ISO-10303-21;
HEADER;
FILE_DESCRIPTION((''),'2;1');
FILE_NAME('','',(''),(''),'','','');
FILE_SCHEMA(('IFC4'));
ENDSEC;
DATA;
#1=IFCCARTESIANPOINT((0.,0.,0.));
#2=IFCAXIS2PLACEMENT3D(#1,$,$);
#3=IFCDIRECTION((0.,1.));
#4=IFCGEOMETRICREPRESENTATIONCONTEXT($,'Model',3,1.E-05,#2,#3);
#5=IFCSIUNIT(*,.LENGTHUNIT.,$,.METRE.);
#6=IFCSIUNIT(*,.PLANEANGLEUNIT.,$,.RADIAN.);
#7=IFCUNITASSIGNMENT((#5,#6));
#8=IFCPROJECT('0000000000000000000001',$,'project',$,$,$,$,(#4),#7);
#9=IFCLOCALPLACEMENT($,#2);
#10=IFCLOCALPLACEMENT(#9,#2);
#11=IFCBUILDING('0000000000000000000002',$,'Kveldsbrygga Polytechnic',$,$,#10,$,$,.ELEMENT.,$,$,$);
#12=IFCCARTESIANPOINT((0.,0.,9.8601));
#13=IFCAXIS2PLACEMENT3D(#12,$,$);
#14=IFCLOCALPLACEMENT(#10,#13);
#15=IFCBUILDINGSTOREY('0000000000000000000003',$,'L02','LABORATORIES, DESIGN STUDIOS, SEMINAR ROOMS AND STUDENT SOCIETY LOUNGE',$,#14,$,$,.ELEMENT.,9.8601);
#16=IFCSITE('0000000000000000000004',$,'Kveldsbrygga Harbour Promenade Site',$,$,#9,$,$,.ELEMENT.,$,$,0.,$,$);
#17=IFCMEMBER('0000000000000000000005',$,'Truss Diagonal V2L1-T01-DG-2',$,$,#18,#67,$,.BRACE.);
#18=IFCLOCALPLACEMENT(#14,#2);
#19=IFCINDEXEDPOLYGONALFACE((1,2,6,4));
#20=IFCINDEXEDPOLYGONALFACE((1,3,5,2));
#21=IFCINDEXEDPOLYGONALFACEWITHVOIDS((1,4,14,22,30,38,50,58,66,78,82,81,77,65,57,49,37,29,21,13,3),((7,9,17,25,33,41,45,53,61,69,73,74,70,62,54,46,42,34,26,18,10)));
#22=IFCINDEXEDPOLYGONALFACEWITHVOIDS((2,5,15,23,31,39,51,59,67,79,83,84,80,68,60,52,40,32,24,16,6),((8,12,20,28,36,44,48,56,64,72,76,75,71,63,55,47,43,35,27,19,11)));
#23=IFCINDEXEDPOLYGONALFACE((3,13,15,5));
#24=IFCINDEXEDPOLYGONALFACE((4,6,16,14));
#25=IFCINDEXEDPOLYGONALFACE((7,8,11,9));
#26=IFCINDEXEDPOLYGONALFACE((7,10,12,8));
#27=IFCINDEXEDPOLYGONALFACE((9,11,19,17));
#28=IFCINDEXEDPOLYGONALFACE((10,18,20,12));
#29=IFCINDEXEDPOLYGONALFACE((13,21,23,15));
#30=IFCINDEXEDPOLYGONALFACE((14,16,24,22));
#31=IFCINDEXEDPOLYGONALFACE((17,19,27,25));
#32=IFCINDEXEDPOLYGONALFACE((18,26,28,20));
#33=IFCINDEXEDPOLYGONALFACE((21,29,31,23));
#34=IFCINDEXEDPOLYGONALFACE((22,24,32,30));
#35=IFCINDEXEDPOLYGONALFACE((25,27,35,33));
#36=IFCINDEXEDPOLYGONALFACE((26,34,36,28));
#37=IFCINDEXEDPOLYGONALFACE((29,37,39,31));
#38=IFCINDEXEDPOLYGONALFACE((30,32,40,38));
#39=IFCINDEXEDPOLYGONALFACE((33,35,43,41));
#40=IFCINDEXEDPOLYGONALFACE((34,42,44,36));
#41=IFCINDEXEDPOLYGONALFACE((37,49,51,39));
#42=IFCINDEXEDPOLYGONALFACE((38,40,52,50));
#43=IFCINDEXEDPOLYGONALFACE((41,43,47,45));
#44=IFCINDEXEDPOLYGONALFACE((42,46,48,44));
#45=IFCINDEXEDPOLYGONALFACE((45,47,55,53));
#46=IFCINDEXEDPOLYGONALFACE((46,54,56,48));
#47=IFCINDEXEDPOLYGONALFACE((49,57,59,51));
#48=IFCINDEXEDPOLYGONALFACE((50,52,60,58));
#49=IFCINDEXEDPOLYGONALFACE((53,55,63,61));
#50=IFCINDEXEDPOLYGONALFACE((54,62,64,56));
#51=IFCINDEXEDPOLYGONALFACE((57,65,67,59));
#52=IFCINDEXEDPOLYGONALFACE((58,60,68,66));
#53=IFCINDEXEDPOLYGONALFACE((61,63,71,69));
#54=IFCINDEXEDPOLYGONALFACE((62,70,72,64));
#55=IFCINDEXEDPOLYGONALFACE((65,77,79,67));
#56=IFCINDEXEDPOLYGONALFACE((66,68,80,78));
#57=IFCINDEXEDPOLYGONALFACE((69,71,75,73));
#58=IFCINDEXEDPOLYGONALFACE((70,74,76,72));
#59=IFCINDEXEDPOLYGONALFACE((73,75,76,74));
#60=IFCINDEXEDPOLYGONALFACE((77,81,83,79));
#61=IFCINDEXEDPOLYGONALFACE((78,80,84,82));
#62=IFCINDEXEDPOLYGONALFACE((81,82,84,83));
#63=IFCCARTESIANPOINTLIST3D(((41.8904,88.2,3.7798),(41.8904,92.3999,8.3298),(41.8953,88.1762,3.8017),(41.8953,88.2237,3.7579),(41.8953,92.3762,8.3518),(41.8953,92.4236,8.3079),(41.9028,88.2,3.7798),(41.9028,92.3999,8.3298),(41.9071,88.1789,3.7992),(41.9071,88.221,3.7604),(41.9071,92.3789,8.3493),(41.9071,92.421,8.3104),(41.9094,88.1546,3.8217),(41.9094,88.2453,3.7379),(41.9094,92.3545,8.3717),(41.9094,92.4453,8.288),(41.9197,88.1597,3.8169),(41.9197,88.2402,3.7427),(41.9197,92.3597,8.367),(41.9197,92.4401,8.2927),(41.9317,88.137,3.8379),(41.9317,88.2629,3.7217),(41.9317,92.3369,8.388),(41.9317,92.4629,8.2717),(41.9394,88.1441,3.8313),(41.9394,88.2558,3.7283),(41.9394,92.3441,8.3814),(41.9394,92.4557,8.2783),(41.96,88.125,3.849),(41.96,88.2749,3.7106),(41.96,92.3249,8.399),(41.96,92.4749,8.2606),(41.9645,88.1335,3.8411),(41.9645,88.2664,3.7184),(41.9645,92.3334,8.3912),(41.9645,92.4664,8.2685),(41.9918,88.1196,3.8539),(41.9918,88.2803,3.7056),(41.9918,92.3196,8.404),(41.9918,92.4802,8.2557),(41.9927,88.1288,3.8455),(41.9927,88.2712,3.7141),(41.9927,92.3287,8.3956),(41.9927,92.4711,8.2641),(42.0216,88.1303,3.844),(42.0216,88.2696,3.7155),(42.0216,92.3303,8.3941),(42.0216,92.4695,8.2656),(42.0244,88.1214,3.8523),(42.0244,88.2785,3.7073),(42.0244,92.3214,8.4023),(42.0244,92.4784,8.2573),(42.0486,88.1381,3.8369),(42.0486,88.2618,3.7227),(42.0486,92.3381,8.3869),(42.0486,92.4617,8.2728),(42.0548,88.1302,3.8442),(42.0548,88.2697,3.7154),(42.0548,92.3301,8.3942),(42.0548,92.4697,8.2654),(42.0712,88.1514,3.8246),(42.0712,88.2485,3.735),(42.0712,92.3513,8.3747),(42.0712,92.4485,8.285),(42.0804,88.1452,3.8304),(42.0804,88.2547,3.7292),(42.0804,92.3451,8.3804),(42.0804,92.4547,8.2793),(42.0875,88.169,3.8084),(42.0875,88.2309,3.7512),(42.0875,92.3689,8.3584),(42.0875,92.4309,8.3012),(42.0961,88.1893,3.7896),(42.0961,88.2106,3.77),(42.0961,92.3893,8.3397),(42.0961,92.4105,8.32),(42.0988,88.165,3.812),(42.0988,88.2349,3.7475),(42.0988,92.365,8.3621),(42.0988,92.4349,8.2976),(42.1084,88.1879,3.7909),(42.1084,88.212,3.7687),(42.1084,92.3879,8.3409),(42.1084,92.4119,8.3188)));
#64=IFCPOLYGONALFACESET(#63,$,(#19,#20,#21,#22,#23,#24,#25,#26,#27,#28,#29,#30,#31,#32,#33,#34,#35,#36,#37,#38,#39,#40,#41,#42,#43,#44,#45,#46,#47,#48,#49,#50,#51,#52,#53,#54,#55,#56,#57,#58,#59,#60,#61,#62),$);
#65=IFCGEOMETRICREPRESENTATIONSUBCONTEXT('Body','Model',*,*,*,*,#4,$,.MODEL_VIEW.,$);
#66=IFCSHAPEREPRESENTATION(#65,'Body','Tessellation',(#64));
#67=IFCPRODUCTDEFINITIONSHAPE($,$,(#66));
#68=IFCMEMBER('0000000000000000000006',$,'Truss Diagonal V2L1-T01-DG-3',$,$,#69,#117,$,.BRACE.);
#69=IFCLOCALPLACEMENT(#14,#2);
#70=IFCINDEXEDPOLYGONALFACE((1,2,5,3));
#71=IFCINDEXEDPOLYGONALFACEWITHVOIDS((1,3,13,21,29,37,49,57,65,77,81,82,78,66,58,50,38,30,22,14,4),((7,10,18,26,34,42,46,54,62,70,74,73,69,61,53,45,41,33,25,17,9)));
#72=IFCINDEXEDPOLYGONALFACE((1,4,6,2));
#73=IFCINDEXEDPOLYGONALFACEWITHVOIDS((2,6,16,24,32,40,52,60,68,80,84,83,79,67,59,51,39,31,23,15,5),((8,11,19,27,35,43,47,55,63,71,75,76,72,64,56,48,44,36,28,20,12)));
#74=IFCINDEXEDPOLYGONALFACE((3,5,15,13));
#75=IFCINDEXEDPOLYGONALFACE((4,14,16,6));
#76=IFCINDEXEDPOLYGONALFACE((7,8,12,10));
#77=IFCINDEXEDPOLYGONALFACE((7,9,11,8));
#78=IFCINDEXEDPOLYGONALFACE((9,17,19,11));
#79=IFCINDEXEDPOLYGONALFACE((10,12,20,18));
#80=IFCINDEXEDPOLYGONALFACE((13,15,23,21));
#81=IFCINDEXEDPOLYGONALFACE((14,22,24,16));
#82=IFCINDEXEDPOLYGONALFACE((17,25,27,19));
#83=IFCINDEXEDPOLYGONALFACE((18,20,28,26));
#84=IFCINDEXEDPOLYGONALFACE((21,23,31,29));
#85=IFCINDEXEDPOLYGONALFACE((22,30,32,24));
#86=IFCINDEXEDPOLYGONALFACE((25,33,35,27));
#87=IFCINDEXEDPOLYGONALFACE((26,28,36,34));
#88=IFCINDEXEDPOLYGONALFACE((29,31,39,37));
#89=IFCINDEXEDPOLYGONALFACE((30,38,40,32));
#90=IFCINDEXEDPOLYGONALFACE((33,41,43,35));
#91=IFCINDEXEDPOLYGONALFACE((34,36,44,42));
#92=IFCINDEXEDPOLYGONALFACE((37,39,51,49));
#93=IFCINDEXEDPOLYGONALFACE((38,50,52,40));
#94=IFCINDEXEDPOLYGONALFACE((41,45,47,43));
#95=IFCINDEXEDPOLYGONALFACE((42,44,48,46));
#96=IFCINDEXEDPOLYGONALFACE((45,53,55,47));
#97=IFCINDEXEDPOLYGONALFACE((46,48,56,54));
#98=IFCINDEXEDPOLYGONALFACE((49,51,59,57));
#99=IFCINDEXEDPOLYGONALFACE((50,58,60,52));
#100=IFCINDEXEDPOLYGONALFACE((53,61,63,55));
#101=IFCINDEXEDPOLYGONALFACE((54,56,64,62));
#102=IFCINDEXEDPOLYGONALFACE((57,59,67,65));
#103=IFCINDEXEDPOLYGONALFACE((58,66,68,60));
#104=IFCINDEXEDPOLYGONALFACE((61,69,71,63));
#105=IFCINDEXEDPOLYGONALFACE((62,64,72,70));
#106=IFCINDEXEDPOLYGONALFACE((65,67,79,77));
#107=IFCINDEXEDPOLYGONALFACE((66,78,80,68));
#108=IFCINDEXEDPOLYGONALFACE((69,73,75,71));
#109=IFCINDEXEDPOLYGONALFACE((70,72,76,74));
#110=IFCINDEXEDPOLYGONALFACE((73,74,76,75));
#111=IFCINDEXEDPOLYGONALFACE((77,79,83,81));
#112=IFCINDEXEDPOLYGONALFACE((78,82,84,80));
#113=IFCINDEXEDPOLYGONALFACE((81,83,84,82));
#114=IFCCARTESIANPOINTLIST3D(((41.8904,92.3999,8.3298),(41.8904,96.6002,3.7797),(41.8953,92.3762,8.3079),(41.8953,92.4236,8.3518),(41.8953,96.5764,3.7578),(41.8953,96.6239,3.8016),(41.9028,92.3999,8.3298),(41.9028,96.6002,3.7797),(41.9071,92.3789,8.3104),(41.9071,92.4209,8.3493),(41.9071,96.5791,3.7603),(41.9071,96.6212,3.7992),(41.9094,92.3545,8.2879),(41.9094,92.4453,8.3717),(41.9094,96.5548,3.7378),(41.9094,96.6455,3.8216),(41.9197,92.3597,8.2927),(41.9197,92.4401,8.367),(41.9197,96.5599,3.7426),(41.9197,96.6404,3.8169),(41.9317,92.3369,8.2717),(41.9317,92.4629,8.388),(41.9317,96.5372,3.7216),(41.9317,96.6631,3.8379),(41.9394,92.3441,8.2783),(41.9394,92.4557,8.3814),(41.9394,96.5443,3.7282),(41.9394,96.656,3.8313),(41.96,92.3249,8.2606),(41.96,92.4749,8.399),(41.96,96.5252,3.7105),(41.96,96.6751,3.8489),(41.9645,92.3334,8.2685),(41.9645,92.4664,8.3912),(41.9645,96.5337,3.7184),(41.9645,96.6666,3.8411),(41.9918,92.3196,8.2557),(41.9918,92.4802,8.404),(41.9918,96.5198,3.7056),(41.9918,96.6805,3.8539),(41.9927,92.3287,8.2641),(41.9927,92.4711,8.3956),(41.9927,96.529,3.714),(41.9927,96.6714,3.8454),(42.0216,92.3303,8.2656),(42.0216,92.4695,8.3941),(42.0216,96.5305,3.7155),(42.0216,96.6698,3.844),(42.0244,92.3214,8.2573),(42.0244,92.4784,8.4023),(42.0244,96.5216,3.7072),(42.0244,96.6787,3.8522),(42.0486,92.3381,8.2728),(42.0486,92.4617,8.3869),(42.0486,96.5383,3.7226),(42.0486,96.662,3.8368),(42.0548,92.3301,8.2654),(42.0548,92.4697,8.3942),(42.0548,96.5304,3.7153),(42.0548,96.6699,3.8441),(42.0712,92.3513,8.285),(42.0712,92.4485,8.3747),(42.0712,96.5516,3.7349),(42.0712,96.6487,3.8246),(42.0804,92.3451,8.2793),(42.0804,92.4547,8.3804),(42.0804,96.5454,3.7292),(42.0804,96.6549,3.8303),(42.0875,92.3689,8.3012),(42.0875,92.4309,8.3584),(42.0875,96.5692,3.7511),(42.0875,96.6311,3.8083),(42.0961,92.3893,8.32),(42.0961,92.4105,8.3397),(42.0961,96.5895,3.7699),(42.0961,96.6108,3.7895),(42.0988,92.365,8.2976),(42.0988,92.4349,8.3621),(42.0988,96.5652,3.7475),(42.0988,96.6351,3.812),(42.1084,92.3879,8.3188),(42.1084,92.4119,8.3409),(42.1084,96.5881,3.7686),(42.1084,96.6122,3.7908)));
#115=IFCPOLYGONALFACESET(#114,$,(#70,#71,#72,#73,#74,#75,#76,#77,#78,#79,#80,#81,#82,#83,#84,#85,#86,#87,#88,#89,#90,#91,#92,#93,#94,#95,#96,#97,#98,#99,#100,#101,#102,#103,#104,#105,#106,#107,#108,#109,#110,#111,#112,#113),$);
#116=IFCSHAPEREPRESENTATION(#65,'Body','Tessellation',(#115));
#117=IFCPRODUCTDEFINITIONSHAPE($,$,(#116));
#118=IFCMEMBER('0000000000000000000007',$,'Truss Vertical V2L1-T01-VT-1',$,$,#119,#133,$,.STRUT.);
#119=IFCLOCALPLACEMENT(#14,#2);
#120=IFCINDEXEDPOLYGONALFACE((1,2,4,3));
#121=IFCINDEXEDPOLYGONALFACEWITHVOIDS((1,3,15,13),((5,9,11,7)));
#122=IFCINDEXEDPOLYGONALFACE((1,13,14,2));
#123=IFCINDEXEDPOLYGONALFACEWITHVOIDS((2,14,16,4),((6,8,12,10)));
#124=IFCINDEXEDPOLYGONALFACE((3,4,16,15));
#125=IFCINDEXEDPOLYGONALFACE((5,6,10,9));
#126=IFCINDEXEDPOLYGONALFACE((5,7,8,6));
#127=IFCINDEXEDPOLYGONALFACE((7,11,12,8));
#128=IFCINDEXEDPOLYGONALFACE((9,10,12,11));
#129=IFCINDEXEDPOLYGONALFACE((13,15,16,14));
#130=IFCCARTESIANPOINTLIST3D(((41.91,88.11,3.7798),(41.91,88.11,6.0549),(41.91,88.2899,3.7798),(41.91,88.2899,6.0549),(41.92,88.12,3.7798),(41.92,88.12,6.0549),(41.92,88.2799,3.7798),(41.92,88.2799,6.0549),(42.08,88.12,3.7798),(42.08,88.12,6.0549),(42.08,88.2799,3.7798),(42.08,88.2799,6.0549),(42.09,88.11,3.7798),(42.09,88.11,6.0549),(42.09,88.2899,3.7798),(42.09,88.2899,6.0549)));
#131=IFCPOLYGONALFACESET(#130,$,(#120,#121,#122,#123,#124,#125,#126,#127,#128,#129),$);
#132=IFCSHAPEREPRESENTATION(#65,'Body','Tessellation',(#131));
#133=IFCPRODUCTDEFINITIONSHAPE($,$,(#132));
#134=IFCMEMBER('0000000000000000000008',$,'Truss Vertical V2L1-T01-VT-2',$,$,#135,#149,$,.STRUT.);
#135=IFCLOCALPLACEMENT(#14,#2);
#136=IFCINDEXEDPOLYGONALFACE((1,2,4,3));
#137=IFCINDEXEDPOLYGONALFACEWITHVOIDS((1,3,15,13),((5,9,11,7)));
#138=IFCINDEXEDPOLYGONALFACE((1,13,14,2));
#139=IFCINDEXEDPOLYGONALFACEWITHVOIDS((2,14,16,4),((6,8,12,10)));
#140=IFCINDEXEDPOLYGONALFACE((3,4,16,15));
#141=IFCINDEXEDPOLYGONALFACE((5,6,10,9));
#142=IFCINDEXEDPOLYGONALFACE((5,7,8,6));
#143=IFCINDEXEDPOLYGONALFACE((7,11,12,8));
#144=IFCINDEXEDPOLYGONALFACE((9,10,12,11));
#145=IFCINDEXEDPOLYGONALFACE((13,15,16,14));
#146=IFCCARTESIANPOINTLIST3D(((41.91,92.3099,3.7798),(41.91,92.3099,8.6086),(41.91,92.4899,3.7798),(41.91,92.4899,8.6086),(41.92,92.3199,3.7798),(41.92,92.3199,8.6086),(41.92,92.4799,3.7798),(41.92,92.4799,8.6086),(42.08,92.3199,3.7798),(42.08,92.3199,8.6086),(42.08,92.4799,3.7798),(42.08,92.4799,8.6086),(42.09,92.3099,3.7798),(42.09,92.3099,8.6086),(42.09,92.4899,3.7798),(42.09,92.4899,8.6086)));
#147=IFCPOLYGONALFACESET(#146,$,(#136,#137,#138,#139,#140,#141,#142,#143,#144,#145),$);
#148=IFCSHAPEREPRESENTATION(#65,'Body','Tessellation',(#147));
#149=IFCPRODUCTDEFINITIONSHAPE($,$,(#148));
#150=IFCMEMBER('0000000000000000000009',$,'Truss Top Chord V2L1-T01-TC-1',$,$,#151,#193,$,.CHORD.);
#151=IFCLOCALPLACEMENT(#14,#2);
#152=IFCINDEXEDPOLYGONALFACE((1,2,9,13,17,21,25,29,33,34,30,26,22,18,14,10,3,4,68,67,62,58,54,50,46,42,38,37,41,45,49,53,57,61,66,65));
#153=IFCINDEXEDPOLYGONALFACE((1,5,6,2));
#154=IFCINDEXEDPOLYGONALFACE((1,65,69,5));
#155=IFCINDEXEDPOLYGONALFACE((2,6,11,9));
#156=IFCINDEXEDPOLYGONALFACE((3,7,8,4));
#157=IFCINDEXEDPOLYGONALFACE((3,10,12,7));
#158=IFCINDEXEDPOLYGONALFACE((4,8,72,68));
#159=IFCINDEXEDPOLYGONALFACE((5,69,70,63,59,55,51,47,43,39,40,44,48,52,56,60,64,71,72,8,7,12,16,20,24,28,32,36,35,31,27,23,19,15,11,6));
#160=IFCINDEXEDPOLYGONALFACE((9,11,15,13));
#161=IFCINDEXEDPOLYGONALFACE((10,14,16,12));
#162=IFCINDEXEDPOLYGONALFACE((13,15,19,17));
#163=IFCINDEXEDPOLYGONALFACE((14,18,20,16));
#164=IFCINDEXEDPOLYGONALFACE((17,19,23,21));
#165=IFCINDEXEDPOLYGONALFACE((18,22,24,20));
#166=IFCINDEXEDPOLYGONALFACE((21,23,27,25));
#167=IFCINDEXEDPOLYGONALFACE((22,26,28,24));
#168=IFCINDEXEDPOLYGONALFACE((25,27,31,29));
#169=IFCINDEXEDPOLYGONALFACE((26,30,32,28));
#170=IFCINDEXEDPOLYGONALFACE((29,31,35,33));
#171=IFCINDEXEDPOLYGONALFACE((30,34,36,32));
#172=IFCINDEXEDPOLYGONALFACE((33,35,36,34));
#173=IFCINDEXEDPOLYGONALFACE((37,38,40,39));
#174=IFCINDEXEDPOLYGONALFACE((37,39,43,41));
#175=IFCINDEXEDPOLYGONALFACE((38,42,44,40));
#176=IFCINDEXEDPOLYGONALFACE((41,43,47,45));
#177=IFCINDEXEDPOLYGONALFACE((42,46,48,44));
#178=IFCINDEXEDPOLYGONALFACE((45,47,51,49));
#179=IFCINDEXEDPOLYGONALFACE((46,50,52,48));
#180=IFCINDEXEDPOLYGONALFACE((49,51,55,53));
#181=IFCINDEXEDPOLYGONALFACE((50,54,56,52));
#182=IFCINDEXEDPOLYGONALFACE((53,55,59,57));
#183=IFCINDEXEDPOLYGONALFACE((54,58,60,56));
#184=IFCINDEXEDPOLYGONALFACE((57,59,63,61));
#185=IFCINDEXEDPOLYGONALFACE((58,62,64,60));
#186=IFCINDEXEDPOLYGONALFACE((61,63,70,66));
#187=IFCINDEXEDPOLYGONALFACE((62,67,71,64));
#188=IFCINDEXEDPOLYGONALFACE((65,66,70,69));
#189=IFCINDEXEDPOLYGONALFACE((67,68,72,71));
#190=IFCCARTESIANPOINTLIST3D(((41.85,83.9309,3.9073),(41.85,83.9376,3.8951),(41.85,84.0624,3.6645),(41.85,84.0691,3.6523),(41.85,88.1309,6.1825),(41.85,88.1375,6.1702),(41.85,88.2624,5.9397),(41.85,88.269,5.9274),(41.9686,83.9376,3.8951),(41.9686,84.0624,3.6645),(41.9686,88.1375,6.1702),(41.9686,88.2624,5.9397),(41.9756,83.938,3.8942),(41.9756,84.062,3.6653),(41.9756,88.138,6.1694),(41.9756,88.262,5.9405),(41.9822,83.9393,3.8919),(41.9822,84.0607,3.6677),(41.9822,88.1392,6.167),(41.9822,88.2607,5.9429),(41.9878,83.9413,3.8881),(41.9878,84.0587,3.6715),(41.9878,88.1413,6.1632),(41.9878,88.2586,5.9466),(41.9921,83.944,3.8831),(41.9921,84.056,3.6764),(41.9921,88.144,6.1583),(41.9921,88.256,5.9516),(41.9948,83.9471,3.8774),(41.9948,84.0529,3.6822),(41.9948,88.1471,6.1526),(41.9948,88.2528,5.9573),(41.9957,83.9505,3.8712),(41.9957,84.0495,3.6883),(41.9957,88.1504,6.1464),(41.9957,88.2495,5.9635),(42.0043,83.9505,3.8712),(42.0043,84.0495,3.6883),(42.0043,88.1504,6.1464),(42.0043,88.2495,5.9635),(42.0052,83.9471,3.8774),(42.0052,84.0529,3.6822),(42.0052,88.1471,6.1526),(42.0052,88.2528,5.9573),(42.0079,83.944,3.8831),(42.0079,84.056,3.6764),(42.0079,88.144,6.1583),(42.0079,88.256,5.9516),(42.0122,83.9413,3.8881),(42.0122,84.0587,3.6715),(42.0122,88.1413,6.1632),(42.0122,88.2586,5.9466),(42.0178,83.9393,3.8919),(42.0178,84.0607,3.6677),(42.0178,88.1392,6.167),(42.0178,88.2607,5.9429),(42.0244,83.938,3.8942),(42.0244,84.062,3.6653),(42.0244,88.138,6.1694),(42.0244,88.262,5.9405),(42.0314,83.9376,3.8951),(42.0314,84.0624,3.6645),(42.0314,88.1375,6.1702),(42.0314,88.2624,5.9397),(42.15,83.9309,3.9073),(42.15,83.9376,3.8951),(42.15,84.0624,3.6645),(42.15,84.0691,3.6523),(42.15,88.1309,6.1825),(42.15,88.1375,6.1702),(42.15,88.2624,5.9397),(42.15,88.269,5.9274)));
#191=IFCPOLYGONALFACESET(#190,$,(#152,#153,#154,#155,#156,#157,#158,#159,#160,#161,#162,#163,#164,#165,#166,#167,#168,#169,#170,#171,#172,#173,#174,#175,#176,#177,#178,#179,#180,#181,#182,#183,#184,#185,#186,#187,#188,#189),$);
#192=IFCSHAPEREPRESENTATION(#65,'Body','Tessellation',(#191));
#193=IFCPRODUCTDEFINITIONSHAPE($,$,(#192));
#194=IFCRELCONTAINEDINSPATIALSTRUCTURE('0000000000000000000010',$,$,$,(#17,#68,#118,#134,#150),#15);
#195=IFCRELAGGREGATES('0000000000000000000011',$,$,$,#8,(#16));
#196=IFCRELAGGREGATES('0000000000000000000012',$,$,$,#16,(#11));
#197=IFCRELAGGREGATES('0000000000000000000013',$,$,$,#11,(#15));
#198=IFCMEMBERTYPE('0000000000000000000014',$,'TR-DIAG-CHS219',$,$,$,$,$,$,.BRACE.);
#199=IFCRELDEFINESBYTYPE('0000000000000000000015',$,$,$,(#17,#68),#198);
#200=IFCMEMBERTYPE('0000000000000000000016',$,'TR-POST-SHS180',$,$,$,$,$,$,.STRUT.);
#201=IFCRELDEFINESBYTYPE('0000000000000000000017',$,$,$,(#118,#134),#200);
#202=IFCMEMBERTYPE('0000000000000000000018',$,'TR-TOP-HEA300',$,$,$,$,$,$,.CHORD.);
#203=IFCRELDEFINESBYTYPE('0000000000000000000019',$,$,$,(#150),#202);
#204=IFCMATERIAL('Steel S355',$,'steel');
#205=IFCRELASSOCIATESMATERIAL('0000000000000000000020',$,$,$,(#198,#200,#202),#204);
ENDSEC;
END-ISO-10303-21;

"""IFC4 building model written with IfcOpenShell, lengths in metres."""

from ifc_helpers import new_model, si_unit, direction, frame, origin, origin_2d, place, context, subcontext, project, spatial, hollow_rectangle, hollow_circle, i_section, extrude, material, material_profile, profile_set, type_object, element, save


model = new_model("IFC4")

# Units and contexts
model_context = context("Model", 3, precision=1e-05, world=origin(), true_north=direction((0.0, 1.0)))
body_context = subcontext(model_context, "Body", "Model", "MODEL_VIEW")
ifc_project = project(units=[si_unit("LENGTHUNIT", "METRE"), si_unit("PLANEANGLEUNIT", "RADIAN")], contexts=[model_context])

# Site, building, storey
site_placement = place(None, origin())
site = spatial("IfcSite", under=ifc_project, at=site_placement, Name="Kveldsbrygga Harbour Promenade Site", CompositionType="ELEMENT", RefElevation=0.0)
building_placement = place(site_placement, origin())
building = spatial("IfcBuilding", under=site, at=building_placement, Name="Kveldsbrygga Polytechnic", CompositionType="ELEMENT")
storey_placement = place(building_placement, frame((0.0, 0.0, 9.8601)))
storey = spatial("IfcBuildingStorey", under=building, at=storey_placement, Name="L02", Description="LABORATORIES, DESIGN STUDIOS, SEMINAR ROOMS AND STUDENT SOCIETY LOUNGE", CompositionType="ELEMENT", Elevation=9.8601)

# Members
ifc_material_1 = material(Name="Steel S355", Category="steel")
ifc_material_profile_1 = material_profile(ifc_material_1, hollow_circle(Radius=0.1096, WallThickness=0.0125, at=origin_2d()), Name="CHS 219.1x12.5")
ifc_profile_set_1 = profile_set([ifc_material_profile_1], Name="Steel S355")
member_type_1 = type_object("IfcMemberType", Name="TR-DIAG-CHS219", PredefinedType="BRACE", material=ifc_profile_set_1)
member_1_placement = place(storey_placement, frame((42.0, 88.2, 3.7798), z_axis=(0.0, 0.678272, 0.734811), x_axis=(-1.0, 0.0, 0.0)))
element("IfcMember", 1, at=member_1_placement, inside=storey, type_object=member_type_1, Name="Truss Diagonal V2L1-T01-DG-2", PredefinedType="BRACE", context=body_context, shape_type="SweptSolid", body=[
    extrude(hollow_circle(Radius=0.1096, WallThickness=0.0125, at=origin_2d()), origin(), (0.0, 0.0, 1.0), 6.1921),
])
member_2_placement = place(storey_placement, frame((42.0, 92.3999, 8.3298), z_axis=(0.0, 0.678293, -0.734791), x_axis=(-1.0, 0.0, 0.0)))
element("IfcMember", 2, at=member_2_placement, inside=storey, type_object=member_type_1, Name="Truss Diagonal V2L1-T01-DG-3", PredefinedType="BRACE", context=body_context, shape_type="SweptSolid", body=[
    extrude(hollow_circle(Radius=0.1096, WallThickness=0.0125, at=origin_2d()), origin(), (0.0, 0.0, 1.0), 6.1924),
])
ifc_material_profile_2 = material_profile(ifc_material_1, hollow_rectangle(XDim=0.1799, YDim=0.1799, WallThickness=0.01, at=origin_2d()), Name="SHS 180x180x10.0")
ifc_profile_set_2 = profile_set([ifc_material_profile_2], Name="Steel S355")
member_type_2 = type_object("IfcMemberType", Name="TR-POST-SHS180", PredefinedType="STRUT", material=ifc_profile_set_2)
member_3_placement = place(storey_placement, frame((42.0, 88.2, 3.7798), z_axis=(0.0, 0.0, 1.0), x_axis=(1.0, 0.0, 0.0)))
element("IfcMember", 3, at=member_3_placement, inside=storey, type_object=member_type_2, Name="Truss Vertical V2L1-T01-VT-1", PredefinedType="STRUT", context=body_context, shape_type="SweptSolid", body=[
    extrude(hollow_rectangle(XDim=0.1799, YDim=0.1799, WallThickness=0.01, at=origin_2d()), origin(), (0.0, 0.0, 1.0), 2.2751),
])
member_4_placement = place(storey_placement, frame((42.0, 92.3999, 3.7798), z_axis=(0.0, 0.0, 1.0), x_axis=(1.0, 0.0, 0.0)))
element("IfcMember", 4, at=member_4_placement, inside=storey, type_object=member_type_2, Name="Truss Vertical V2L1-T01-VT-2", PredefinedType="STRUT", context=body_context, shape_type="SweptSolid", body=[
    extrude(hollow_rectangle(XDim=0.1799, YDim=0.1799, WallThickness=0.01, at=origin_2d()), origin(), (0.0, 0.0, 1.0), 4.8289),
])
ifc_material_profile_3 = material_profile(ifc_material_1, i_section(OverallWidth=0.3, OverallDepth=0.29, WebThickness=0.0085, FlangeThickness=0.0139, FilletRadius=0.0271, at=origin_2d()), Name="HEA 300")
ifc_profile_set_3 = profile_set([ifc_material_profile_3], Name="Steel S355")
member_type_3 = type_object("IfcMemberType", Name="TR-TOP-HEA300", PredefinedType="CHORD", material=ifc_profile_set_3)
member_5_placement = place(storey_placement, frame((42.0, 84.0, 3.7798), z_axis=(0.0, 0.879277, 0.476311), x_axis=(-1.0, 0.0, 0.0)))
element("IfcMember", 5, at=member_5_placement, inside=storey, type_object=member_type_3, Name="Truss Top Chord V2L1-T01-TC-1", PredefinedType="CHORD", context=body_context, shape_type="SweptSolid", body=[
    extrude(i_section(OverallWidth=0.3, OverallDepth=0.29, WebThickness=0.0085, FlangeThickness=0.0139, FilletRadius=0.0271, at=origin_2d()), origin(), (0.0, 0.0, 1.0), 4.7766),
])

save(model, "model.ifc")
